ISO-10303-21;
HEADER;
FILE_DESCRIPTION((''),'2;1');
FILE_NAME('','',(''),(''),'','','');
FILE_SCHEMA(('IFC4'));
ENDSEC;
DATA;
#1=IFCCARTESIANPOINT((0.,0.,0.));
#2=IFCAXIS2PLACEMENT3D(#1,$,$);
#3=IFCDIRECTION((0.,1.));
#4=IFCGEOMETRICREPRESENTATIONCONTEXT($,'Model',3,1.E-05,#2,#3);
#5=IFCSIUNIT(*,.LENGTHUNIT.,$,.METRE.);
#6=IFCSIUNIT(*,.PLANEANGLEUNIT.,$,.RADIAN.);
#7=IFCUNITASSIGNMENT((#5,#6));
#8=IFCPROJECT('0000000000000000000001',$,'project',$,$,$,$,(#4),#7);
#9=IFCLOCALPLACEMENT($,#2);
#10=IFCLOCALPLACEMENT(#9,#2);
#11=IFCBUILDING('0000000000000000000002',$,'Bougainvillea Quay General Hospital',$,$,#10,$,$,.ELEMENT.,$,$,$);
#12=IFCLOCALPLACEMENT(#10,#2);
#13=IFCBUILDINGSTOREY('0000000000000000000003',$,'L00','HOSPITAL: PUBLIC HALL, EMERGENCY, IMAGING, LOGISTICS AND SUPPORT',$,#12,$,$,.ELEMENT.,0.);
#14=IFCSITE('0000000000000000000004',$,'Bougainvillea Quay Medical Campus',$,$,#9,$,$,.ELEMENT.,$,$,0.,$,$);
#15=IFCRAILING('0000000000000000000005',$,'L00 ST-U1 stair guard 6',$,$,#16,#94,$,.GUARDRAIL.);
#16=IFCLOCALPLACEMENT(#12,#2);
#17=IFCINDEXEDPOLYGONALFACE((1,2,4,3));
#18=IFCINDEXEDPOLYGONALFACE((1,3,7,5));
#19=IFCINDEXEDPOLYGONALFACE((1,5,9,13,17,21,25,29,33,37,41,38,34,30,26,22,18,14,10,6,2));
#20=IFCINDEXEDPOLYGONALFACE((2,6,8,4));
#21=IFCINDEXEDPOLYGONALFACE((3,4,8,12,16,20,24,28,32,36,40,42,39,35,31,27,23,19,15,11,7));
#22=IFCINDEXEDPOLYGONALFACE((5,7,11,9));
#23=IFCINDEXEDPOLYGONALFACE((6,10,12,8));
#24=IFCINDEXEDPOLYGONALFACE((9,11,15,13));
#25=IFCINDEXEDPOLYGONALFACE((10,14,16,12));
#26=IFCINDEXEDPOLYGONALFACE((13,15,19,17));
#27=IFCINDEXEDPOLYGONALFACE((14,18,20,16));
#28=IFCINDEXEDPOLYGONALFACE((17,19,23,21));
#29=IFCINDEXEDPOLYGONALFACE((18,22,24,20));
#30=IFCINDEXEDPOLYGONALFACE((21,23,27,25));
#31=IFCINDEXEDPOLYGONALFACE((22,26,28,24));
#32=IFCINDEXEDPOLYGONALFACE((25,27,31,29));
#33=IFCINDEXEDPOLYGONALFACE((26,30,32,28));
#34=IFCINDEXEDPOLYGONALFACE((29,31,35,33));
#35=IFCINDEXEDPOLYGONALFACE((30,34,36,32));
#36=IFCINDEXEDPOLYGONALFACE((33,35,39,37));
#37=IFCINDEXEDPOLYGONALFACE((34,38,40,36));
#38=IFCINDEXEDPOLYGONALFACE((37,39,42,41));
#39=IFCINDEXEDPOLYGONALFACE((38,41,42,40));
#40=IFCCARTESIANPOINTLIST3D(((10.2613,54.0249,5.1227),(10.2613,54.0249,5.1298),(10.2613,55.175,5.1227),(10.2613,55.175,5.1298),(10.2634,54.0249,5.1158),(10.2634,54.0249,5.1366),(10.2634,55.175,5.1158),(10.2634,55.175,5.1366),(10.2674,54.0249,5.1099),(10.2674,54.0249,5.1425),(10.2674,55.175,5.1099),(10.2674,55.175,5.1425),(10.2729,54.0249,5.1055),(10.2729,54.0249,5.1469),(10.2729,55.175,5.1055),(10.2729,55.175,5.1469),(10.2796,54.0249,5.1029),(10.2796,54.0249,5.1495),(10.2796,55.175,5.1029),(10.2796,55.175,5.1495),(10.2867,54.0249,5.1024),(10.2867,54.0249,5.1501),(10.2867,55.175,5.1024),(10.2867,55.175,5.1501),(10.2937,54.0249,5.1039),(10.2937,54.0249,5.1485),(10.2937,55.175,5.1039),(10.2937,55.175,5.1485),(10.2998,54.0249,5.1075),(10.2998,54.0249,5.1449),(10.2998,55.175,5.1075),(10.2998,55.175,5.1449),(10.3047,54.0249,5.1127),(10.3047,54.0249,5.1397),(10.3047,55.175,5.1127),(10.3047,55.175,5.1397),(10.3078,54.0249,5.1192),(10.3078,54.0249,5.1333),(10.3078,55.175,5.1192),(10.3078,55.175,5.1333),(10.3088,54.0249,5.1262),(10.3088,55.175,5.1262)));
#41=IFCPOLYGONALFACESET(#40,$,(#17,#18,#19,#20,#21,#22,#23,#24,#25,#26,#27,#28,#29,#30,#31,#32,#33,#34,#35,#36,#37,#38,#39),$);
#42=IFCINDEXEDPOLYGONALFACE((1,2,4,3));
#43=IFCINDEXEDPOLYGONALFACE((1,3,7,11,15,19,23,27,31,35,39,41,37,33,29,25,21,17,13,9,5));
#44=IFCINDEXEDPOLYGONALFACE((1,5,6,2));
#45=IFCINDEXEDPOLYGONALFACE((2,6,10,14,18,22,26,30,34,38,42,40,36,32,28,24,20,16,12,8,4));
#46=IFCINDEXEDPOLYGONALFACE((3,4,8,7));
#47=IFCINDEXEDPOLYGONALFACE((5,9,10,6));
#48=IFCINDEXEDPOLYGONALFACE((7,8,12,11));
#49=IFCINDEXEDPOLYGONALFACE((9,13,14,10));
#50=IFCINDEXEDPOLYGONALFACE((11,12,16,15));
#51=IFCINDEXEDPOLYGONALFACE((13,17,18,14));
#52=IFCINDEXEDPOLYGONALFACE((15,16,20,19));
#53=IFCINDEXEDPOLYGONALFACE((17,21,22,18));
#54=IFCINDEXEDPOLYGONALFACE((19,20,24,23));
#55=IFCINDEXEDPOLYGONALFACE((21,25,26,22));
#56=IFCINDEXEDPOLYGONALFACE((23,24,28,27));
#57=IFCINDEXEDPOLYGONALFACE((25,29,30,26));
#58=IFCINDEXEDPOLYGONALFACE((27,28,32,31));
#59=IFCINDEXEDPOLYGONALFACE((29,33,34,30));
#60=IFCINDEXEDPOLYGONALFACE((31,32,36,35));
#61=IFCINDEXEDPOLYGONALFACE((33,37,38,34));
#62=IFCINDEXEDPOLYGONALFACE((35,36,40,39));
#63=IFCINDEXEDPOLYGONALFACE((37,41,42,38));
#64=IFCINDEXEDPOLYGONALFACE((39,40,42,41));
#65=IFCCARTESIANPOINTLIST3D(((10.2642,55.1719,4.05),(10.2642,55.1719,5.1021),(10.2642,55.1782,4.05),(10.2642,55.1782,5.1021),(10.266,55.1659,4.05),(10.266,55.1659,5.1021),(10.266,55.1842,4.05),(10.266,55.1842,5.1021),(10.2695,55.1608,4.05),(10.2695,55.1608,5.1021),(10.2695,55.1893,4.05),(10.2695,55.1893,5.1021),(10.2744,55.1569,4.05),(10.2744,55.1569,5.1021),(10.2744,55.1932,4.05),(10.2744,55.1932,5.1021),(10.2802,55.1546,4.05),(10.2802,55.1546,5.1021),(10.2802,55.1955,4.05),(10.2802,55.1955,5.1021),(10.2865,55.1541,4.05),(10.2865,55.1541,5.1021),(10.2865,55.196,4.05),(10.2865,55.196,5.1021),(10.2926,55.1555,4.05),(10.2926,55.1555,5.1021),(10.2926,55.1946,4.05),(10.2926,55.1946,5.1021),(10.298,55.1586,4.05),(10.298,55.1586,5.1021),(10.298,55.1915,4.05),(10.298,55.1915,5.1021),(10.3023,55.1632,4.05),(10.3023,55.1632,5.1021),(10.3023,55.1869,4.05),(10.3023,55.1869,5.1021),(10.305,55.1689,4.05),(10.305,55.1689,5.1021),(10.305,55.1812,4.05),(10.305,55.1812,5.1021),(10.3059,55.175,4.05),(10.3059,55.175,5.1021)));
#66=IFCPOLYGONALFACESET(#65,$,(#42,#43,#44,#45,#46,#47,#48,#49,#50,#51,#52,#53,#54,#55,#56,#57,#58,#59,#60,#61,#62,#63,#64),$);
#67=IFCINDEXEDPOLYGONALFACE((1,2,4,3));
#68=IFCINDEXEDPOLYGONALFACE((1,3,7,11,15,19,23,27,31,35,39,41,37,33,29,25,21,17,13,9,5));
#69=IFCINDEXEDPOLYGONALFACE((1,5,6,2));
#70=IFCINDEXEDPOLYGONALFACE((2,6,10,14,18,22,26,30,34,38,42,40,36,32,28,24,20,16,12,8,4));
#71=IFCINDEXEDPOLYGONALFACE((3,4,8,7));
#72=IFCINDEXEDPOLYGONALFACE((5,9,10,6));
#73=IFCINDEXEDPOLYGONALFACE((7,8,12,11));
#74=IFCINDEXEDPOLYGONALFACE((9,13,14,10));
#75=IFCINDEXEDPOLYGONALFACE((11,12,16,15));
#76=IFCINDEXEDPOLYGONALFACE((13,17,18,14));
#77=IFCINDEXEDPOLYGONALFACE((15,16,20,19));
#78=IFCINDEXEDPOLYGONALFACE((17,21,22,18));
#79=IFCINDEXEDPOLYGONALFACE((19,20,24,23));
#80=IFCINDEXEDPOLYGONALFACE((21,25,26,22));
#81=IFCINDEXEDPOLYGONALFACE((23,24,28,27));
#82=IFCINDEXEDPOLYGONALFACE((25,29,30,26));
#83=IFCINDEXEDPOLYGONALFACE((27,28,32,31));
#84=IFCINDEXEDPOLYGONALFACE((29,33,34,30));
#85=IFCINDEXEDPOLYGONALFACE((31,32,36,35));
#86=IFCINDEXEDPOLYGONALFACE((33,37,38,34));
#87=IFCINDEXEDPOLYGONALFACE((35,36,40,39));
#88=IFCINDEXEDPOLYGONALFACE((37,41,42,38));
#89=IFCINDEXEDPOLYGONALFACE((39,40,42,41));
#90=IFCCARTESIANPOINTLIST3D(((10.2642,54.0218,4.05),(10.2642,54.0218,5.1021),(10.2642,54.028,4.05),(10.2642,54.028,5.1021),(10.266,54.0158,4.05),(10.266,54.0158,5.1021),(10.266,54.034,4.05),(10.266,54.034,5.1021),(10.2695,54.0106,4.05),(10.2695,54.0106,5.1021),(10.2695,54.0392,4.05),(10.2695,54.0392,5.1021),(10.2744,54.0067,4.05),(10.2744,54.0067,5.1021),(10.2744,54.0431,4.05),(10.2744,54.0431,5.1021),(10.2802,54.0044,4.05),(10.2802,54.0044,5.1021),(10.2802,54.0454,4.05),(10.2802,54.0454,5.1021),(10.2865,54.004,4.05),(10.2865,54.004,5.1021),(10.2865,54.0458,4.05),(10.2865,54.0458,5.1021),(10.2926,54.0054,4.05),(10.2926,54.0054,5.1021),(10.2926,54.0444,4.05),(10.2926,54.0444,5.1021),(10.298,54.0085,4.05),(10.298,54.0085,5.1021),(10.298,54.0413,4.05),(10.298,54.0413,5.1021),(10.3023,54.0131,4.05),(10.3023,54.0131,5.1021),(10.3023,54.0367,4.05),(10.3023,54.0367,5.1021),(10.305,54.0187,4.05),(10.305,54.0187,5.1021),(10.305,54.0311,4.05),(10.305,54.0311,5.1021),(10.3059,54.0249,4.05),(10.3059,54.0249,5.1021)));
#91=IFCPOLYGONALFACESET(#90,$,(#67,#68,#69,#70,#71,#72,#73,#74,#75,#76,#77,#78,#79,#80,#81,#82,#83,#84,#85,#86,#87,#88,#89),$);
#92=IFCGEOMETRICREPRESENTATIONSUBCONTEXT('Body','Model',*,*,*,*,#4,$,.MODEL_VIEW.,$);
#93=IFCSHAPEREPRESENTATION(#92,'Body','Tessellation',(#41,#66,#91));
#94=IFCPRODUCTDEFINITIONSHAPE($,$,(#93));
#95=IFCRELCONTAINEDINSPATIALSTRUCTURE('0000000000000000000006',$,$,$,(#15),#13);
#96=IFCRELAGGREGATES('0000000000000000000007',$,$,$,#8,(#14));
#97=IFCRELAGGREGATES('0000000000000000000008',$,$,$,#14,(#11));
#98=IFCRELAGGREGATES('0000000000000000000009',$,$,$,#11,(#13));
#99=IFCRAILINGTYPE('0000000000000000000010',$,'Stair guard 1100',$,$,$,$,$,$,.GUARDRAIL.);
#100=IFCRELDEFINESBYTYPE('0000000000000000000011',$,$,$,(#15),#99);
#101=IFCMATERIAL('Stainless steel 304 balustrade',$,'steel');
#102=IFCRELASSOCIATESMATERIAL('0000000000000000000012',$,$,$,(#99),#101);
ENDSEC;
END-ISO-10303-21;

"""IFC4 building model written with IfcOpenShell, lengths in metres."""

from ifc_helpers import new_model, si_unit, direction, frame, origin, origin_2d, place, context, subcontext, project, spatial, circle, extrude, material, type_object, element, save


model = new_model("IFC4")

# Units and contexts
model_context = context("Model", 3, precision=1e-05, world=origin(), true_north=direction((0.0, 1.0)))
body_context = subcontext(model_context, "Body", "Model", "MODEL_VIEW")
ifc_project = project(units=[si_unit("LENGTHUNIT", "METRE"), si_unit("PLANEANGLEUNIT", "RADIAN")], contexts=[model_context])

# Site, building, storey
site_placement = place(None, origin())
site = spatial("IfcSite", under=ifc_project, at=site_placement, Name="Bougainvillea Quay Medical Campus", CompositionType="ELEMENT", RefElevation=0.0)
building_placement = place(site_placement, origin())
building = spatial("IfcBuilding", under=site, at=building_placement, Name="Bougainvillea Quay General Hospital", CompositionType="ELEMENT")
storey_placement = place(building_placement, origin())
storey = spatial("IfcBuildingStorey", under=building, at=storey_placement, Name="L00", Description="HOSPITAL: PUBLIC HALL, EMERGENCY, IMAGING, LOGISTICS AND SUPPORT", CompositionType="ELEMENT", Elevation=0.0)

# Railing
ifc_material_1 = material(Name="Stainless steel 304 balustrade", Category="steel")
railing_type_1 = type_object("IfcRailingType", Name="Stair guard 1100", PredefinedType="GUARDRAIL", material=ifc_material_1)
railing_1_placement = place(storey_placement, frame((10.2849, 55.175, 4.05)))
element("IfcRailing", 1, at=railing_1_placement, inside=storey, type_object=railing_type_1, Name="L00 ST-U1 stair guard 6", PredefinedType="GUARDRAIL", context=body_context, shape_type="SweptSolid", body=[
    extrude(circle(Radius=0.0239, at=origin_2d()), frame((0.0, 0.0, 1.0762), z_axis=(0.0, -1.0, 0.0), x_axis=(1.0, 0.0, 0.0)), (0.0, 0.0, 1.0), 1.1501),
    extrude(circle(Radius=0.021, at=origin_2d()), origin(), (0.0, 0.0, 1.0), 1.052),
    extrude(circle(Radius=0.021, at=origin_2d()), frame((0.0, -1.1501, 0.0)), (0.0, 0.0, 1.0), 1.052),
])

save(model, "model.ifc")
